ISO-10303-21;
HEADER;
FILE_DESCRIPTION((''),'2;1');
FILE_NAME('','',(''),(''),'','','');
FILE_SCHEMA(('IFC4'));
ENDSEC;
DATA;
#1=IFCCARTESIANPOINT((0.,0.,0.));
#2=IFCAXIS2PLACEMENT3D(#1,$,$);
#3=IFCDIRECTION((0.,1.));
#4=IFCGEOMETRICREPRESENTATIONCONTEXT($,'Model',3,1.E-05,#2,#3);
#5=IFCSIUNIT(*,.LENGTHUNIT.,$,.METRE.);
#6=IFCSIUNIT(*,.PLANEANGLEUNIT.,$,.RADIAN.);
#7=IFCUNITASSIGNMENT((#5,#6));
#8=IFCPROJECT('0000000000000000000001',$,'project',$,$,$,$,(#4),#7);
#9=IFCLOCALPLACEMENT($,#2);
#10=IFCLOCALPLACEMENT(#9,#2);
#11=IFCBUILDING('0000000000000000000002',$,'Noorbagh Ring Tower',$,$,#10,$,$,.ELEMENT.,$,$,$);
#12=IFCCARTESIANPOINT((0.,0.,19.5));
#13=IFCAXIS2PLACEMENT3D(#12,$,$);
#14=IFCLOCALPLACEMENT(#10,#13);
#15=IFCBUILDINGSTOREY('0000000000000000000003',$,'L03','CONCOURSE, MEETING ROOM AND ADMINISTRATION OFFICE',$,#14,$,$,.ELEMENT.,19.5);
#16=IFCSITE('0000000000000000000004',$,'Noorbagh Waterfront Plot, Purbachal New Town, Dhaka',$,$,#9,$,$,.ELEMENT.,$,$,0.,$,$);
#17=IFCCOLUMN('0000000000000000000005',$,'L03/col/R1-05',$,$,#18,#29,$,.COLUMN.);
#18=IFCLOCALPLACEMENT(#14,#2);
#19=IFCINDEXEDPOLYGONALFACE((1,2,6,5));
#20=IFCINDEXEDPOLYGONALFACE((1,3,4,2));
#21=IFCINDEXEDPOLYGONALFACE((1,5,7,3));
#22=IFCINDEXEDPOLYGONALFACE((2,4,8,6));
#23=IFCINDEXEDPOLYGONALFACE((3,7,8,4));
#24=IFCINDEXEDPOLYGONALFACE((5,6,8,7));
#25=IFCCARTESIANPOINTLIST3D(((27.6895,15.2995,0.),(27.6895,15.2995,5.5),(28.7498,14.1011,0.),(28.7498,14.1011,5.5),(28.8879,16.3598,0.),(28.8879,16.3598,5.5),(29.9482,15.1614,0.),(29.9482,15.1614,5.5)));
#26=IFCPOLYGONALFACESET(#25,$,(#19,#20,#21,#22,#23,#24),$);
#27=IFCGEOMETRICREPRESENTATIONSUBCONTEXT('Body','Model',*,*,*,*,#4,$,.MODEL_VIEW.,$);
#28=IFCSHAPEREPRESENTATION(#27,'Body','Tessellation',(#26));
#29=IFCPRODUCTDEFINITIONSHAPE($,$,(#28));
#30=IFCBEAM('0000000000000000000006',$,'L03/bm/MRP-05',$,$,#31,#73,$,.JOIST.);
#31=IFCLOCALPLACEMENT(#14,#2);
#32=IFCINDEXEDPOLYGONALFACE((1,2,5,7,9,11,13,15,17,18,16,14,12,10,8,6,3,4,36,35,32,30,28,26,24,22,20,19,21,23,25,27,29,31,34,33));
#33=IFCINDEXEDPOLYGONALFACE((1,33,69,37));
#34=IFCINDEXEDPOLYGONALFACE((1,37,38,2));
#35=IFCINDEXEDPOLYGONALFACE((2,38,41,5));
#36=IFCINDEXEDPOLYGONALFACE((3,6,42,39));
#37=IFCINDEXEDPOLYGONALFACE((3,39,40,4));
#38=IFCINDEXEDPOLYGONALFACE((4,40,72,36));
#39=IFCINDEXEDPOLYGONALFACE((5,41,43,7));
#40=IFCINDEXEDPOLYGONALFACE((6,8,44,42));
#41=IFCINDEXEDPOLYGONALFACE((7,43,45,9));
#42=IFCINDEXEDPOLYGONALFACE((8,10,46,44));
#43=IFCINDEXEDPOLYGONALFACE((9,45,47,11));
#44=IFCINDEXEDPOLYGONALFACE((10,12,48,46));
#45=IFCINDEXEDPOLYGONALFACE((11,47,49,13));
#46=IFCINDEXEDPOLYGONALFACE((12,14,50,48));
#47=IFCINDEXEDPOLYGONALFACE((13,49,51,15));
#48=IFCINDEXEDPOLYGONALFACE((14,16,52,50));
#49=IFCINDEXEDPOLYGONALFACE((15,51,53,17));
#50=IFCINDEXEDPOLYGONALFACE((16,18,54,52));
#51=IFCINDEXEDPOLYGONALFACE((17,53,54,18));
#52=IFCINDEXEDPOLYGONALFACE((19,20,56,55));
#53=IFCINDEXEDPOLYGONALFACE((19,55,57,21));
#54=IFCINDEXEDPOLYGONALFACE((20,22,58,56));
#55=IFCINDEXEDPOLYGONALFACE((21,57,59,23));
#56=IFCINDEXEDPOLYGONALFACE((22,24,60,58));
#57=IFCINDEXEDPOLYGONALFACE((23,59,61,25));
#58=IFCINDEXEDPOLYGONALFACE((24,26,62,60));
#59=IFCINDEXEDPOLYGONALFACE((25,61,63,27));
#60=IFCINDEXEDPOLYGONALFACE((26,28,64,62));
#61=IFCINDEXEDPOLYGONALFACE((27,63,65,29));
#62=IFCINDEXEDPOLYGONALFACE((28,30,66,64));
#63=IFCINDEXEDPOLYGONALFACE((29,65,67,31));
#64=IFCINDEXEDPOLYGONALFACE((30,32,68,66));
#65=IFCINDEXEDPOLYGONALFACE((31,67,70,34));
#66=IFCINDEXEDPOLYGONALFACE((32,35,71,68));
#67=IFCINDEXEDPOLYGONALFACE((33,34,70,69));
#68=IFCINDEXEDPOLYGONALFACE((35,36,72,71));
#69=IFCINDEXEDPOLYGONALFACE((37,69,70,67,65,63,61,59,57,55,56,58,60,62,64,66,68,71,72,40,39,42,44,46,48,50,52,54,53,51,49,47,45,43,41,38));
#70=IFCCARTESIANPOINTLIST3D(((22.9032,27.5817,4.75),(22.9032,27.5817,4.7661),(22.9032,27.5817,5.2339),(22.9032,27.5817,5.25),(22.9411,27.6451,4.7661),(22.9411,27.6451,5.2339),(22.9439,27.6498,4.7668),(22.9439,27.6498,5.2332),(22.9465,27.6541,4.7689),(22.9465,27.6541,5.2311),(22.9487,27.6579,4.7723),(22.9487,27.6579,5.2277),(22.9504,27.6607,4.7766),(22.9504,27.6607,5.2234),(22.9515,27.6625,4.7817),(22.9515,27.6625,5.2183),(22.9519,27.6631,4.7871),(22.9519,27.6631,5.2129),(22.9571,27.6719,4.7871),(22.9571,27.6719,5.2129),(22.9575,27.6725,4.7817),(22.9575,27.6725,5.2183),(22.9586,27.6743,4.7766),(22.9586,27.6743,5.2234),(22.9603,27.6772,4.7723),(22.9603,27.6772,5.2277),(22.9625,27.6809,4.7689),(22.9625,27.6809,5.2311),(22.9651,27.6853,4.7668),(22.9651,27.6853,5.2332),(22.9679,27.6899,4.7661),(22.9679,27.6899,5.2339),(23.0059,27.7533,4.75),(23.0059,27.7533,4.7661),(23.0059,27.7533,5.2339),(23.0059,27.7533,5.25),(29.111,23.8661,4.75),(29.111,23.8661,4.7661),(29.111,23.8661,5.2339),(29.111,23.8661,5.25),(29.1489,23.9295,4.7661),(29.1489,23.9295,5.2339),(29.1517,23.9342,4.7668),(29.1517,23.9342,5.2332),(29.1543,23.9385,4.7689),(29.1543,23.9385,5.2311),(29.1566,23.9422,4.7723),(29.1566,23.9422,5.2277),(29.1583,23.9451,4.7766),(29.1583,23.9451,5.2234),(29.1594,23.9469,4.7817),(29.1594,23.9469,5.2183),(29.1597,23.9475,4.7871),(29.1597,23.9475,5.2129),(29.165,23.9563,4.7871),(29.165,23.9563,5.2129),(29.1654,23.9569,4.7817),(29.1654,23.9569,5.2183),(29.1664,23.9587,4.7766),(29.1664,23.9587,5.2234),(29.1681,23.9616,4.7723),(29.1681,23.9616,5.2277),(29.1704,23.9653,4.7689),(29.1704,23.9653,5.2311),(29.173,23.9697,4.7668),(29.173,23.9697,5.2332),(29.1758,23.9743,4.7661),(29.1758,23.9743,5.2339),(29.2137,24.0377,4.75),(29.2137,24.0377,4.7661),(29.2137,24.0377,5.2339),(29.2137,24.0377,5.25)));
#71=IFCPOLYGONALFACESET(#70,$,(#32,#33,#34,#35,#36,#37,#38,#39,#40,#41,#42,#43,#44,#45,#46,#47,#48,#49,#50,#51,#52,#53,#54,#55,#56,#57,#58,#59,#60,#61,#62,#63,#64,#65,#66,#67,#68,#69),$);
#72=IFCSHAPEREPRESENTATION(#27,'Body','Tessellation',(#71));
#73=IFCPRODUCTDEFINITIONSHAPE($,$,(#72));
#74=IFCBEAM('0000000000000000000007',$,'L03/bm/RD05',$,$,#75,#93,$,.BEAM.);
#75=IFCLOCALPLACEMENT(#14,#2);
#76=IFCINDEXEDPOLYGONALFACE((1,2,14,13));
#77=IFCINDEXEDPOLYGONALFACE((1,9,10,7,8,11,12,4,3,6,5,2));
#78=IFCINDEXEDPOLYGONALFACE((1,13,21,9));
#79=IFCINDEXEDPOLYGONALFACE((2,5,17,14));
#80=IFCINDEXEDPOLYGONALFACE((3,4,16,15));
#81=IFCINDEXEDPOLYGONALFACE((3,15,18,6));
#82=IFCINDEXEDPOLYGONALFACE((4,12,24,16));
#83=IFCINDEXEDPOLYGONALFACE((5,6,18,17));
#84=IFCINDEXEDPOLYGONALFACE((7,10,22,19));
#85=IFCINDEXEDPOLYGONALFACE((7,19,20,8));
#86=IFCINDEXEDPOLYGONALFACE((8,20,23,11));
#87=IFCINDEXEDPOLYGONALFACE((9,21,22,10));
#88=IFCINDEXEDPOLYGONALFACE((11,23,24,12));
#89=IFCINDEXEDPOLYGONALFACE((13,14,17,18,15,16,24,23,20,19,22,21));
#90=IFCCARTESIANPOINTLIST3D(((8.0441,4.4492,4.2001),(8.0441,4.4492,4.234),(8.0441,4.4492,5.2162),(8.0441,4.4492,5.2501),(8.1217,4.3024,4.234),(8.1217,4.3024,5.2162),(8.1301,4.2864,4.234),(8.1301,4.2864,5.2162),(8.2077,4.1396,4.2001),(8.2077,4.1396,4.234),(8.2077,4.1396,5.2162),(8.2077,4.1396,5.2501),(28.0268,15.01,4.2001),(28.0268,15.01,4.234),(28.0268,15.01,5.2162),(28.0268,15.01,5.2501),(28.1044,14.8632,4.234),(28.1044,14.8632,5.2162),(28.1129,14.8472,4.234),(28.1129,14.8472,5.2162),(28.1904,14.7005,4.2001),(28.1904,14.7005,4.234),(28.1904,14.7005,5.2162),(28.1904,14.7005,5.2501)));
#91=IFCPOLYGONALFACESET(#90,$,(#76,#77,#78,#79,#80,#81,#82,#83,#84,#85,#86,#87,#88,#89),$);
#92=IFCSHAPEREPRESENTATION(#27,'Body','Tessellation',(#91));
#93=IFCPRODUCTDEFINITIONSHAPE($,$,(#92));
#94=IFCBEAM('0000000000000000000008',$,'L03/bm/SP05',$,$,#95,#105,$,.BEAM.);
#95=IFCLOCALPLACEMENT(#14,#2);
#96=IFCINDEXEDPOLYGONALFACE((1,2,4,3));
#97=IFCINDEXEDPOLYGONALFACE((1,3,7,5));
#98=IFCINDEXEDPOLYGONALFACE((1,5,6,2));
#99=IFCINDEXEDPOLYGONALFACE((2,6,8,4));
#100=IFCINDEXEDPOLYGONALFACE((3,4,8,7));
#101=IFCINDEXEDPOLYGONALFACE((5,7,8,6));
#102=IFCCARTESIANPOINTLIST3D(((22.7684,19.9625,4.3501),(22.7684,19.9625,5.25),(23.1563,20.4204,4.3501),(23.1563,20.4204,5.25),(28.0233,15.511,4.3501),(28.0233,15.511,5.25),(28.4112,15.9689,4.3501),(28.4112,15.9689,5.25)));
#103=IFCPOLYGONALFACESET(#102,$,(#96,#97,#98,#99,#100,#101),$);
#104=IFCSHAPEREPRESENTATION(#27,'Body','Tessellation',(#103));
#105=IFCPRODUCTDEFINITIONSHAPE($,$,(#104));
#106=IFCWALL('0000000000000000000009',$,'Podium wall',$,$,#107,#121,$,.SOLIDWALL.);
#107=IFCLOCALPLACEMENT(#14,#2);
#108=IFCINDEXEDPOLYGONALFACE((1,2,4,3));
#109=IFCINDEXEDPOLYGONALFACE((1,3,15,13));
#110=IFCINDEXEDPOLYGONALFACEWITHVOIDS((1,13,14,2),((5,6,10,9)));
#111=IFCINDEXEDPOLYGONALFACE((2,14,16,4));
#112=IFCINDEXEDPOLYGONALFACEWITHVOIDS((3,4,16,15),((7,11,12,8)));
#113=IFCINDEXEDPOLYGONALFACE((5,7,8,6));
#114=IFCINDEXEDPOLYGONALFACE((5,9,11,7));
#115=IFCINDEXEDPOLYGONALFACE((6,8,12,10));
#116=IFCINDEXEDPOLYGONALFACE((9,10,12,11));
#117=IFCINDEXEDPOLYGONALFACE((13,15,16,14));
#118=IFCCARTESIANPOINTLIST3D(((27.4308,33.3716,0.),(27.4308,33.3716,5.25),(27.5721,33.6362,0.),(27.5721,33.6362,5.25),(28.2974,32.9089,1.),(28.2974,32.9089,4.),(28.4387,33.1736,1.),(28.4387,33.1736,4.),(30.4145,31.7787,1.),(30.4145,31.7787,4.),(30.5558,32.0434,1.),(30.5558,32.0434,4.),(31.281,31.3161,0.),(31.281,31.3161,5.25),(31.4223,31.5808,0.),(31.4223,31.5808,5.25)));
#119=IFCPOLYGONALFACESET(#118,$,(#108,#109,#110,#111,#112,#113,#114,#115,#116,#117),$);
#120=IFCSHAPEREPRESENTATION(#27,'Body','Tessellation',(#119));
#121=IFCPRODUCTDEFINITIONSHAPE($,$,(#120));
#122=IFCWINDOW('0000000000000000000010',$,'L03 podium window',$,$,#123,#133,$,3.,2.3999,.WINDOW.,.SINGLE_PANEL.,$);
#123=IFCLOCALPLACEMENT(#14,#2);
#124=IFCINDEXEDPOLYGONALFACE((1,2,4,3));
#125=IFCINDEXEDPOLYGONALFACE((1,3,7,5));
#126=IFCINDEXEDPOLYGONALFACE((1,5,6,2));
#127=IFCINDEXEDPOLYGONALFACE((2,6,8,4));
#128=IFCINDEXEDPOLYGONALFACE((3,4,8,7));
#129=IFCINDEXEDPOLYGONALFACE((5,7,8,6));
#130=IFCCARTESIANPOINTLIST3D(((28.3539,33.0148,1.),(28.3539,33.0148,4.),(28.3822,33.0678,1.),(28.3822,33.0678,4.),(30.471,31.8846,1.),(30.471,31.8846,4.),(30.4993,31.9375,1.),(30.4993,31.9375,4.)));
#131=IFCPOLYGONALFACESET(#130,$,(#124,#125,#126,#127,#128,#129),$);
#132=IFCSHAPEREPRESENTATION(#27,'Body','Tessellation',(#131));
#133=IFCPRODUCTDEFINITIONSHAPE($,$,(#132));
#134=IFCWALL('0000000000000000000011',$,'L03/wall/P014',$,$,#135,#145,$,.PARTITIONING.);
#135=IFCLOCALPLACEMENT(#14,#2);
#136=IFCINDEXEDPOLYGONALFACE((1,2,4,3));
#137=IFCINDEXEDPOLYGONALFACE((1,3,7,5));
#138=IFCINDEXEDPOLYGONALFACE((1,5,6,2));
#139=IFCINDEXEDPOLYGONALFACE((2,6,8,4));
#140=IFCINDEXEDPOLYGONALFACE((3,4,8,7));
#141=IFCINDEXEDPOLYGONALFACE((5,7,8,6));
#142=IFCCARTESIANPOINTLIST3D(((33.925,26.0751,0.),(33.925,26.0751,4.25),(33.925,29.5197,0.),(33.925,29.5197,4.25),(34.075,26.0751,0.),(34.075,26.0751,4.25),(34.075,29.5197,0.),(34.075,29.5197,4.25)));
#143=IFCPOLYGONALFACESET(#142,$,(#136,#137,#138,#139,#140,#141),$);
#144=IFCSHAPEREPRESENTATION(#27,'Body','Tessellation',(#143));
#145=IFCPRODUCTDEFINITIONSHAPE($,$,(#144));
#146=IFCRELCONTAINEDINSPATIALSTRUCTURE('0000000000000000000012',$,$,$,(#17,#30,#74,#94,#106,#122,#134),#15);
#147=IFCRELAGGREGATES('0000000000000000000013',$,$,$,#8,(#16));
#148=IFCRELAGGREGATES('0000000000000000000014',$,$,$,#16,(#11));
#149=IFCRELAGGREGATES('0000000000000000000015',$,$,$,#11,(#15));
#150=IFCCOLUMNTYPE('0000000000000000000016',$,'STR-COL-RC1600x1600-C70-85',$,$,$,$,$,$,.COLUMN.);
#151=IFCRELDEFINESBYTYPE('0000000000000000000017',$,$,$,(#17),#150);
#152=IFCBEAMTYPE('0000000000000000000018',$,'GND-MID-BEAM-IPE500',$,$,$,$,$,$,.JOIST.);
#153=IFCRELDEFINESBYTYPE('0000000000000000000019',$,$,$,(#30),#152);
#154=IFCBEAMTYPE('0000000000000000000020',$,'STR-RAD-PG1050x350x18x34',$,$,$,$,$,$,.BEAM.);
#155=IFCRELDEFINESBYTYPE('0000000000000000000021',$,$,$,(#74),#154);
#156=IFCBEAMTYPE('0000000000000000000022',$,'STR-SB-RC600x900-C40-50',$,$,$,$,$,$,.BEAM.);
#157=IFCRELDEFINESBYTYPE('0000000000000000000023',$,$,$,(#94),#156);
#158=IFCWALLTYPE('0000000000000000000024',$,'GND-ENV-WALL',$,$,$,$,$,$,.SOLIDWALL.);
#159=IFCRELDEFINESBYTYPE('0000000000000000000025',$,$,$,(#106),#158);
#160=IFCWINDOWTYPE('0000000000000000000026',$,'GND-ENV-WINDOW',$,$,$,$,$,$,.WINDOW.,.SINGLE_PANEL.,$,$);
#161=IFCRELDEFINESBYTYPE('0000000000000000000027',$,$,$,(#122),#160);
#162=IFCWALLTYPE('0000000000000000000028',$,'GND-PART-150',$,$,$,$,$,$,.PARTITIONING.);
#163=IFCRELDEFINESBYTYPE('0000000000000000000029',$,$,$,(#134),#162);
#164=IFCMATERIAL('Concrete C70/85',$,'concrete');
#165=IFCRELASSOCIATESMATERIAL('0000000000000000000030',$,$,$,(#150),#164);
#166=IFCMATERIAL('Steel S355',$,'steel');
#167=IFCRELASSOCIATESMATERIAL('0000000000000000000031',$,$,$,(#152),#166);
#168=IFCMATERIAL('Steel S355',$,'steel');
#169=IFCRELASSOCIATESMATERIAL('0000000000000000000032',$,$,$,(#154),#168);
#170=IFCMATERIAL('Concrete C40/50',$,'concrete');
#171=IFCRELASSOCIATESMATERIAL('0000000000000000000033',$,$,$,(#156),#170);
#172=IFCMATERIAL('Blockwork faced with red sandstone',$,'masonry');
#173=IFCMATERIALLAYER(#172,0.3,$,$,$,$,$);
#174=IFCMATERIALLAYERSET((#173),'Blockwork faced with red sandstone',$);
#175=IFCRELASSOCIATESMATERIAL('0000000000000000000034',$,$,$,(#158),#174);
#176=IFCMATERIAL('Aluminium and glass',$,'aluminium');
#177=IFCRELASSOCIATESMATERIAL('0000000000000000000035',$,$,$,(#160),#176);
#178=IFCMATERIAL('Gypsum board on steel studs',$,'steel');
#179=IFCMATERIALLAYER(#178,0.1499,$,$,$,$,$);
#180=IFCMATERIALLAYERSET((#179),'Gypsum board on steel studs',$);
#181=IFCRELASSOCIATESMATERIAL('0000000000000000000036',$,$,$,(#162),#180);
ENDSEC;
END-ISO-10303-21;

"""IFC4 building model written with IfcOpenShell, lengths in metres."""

from ifc_helpers import new_model, si_unit, direction, frame, frame_2d, origin, origin_2d, place, context, subcontext, project, spatial, rectangle, i_section, extrude, material, layer, layer_set, material_profile, profile_set, type_object, element, fill, save


model = new_model("IFC4")

# Units and contexts
model_context = context("Model", 3, precision=1e-05, world=origin(), true_north=direction((0.0, 1.0)))
body_context = subcontext(model_context, "Body", "Model", "MODEL_VIEW")
ifc_project = project(units=[si_unit("LENGTHUNIT", "METRE"), si_unit("PLANEANGLEUNIT", "RADIAN")], contexts=[model_context])

# Site, building, storey
site_placement = place(None, origin())
site = spatial("IfcSite", under=ifc_project, at=site_placement, Name="Noorbagh Waterfront Plot, Purbachal New Town, Dhaka", CompositionType="ELEMENT", RefElevation=0.0)
building_placement = place(site_placement, origin())
building = spatial("IfcBuilding", under=site, at=building_placement, Name="Noorbagh Ring Tower", CompositionType="ELEMENT")
storey_placement = place(building_placement, frame((0.0, 0.0, 19.5)))
storey = spatial("IfcBuildingStorey", under=building, at=storey_placement, Name="L03", Description="CONCOURSE, MEETING ROOM AND ADMINISTRATION OFFICE", CompositionType="ELEMENT", Elevation=19.5)

# Column
ifc_material_1 = material(Name="Concrete C70/85", Category="concrete")
ifc_material_profile_1 = material_profile(ifc_material_1, rectangle(XDim=1.6001, YDim=1.6001, at=origin_2d()), Name="RC1600x1600")
ifc_profile_set_1 = profile_set([ifc_material_profile_1], Name="Concrete C70/85")
column_type = type_object("IfcColumnType", Name="STR-COL-RC1600x1600-C70-85", PredefinedType="COLUMN", material=ifc_profile_set_1)
column_placement = place(storey_placement, frame((28.8188, 15.2305, 0.0), z_axis=(0.0, 0.0, 1.0), x_axis=(-0.662636, 0.748942, 0.0)))
element("IfcColumn", 1, at=column_placement, inside=storey, type_object=column_type, Name="L03/col/R1-05", PredefinedType="COLUMN", context=body_context, shape_type="SweptSolid", body=[
    extrude(rectangle(XDim=1.6001, YDim=1.6001, at=origin_2d()), origin(), (0.0, 0.0, 1.0), 5.5),
])

# Beams
ifc_material_2 = material(Name="Steel S355", Category="steel")
ifc_material_profile_2 = material_profile(ifc_material_2, i_section(OverallWidth=0.2, OverallDepth=0.5, WebThickness=0.0103, FlangeThickness=0.0161, FilletRadius=0.021, at=origin_2d()), Name="IPE500")
ifc_profile_set_2 = profile_set([ifc_material_profile_2], Name="Steel S355")
beam_type_1 = type_object("IfcBeamType", Name="GND-MID-BEAM-IPE500", PredefinedType="JOIST", material=ifc_profile_set_2)
beam_1_placement = place(storey_placement, frame((29.1624, 23.9519, 5.0), z_axis=(-0.858046, 0.513572, 0.0), x_axis=(-0.513572, -0.858046, 0.0)))
element("IfcBeam", 2, at=beam_1_placement, inside=storey, type_object=beam_type_1, Name="L03/bm/MRP-05", PredefinedType="JOIST", context=body_context, shape_type="SweptSolid", body=[
    extrude(i_section(OverallWidth=0.2, OverallDepth=0.5, WebThickness=0.0103, FlangeThickness=0.0161, FilletRadius=0.021, at=origin_2d()), origin(), (0.0, 0.0, 1.0), 7.2349),
])
ifc_material_3 = material(Name="Steel S355", Category="steel")
ifc_material_profile_3 = material_profile(ifc_material_3, i_section(OverallWidth=0.3501, OverallDepth=1.05, WebThickness=0.0181, FlangeThickness=0.0339, at=origin_2d()), Name="PG1050x350x18x34")
ifc_profile_set_3 = profile_set([ifc_material_profile_3], Name="Steel S355")
beam_type_2 = type_object("IfcBeamType", Name="STR-RAD-PG1050x350x18x34", PredefinedType="BEAM", material=ifc_profile_set_3)
beam_2_placement = place(storey_placement, frame((28.1086, 14.8552, 4.7251), z_axis=(-0.884122, -0.467256, 0.0), x_axis=(0.467256, -0.884122, 0.0)))
element("IfcBeam", 3, at=beam_2_placement, inside=storey, type_object=beam_type_2, Name="L03/bm/RD05", PredefinedType="BEAM", context=body_context, shape_type="SweptSolid", body=[
    extrude(i_section(OverallWidth=0.3501, OverallDepth=1.05, WebThickness=0.0181, FlangeThickness=0.0339, at=origin_2d()), origin(), (0.0, 0.0, 1.0), 22.6018),
])
ifc_material_4 = material(Name="Concrete C40/50", Category="concrete")
ifc_material_profile_4 = material_profile(ifc_material_4, rectangle(XDim=0.6001, YDim=0.8999, at=origin_2d()), Name="RC600x900")
ifc_profile_set_4 = profile_set([ifc_material_profile_4], Name="Concrete C40/50")
beam_type_3 = type_object("IfcBeamType", Name="STR-SB-RC600x900-C40-50", PredefinedType="BEAM", material=ifc_profile_set_4)
beam_3_placement = place(storey_placement, frame((28.2173, 15.74, 4.8), z_axis=(-0.76303, 0.646363, 0.0), x_axis=(-0.646363, -0.76303, 0.0)))
element("IfcBeam", 4, at=beam_3_placement, inside=storey, type_object=beam_type_3, Name="L03/bm/SP05", PredefinedType="BEAM", context=body_context, shape_type="SweptSolid", body=[
    extrude(rectangle(XDim=0.6001, YDim=0.8999, at=origin_2d()), origin(), (0.0, 0.0, 1.0), 6.887),
])

# Wall, opening, window
ifc_material_5 = material(Name="Blockwork faced with red sandstone", Category="masonry")
ifc_layer_1 = layer(ifc_material_5, 0.3)
ifc_layer_set_1 = layer_set([ifc_layer_1], Name="Blockwork faced with red sandstone")
wall_type_1 = type_object("IfcWallType", Name="GND-ENV-WALL", PredefinedType="SOLIDWALL", material=ifc_layer_set_1)
wall_1_placement = place(storey_placement, frame((31.3516, 31.4485, 0.0), z_axis=(0.0, 0.0, 1.0), x_axis=(-0.882159, 0.470951, 0.0)))
wall_1 = element("IfcWall", 5, at=wall_1_placement, inside=storey, type_object=wall_type_1, Name="Podium wall", PredefinedType="SOLIDWALL", context=body_context, shape_type="SweptSolid", body=[
    extrude(rectangle(XDim=4.3645, YDim=0.3, at=frame_2d((2.1821, 0.0))), origin(), (0.0, 0.0, 1.0), 5.25),
])
opening_1_placement = place(wall_1_placement, frame((0.9822, 0.0, 1.0)))
opening_1 = element("IfcOpeningElement", 6, at=opening_1_placement, cuts=wall_1, PredefinedType="OPENING", context=body_context, shape_type="SweptSolid", body=[
    extrude(rectangle(XDim=2.3999, YDim=3.0, at=frame_2d((1.2, 1.5))), frame((0.0, 0.1602, 0.0), z_axis=(0.0, -1.0, 0.0), x_axis=(1.0, 0.0, 0.0)), (0.0, 0.0, 1.0), 0.3201),
])
ifc_material_6 = material(Name="Aluminium and glass", Category="aluminium")
window_type = type_object("IfcWindowType", Name="GND-ENV-WINDOW", PartitioningType="SINGLE_PANEL", PredefinedType="WINDOW", material=ifc_material_6)
window_placement = place(opening_1_placement, origin())
window = element("IfcWindow", 7, at=window_placement, inside=storey, type_object=window_type, Name="L03 podium window", OverallHeight=3.0, OverallWidth=2.3999, PartitioningType="SINGLE_PANEL", PredefinedType="WINDOW", context=body_context, shape_type="SweptSolid", body=[
    extrude(rectangle(XDim=2.3999, YDim=3.0, at=frame_2d((1.2, 1.5))), frame((0.0, 0.03, 0.0), z_axis=(0.0, -1.0, 0.0), x_axis=(1.0, 0.0, 0.0)), (0.0, 0.0, 1.0), 0.0601),
])
fill(opening_1, window)

# Wall
ifc_material_7 = material(Name="Gypsum board on steel studs", Category="steel")
ifc_layer_2 = layer(ifc_material_7, 0.1499)
ifc_layer_set_2 = layer_set([ifc_layer_2], Name="Gypsum board on steel studs")
wall_type_2 = type_object("IfcWallType", Name="GND-PART-150", PredefinedType="PARTITIONING", material=ifc_layer_set_2)
wall_2_placement = place(storey_placement, frame((34.0, 29.5195, 0.0), z_axis=(0.0, 0.0, 1.0), x_axis=(0.0, -1.0, 0.0)))
element("IfcWall", 8, at=wall_2_placement, inside=storey, type_object=wall_type_2, Name="L03/wall/P014", PredefinedType="PARTITIONING", context=body_context, shape_type="SweptSolid", body=[
    extrude(rectangle(XDim=3.4446, YDim=0.1499, at=frame_2d((1.7222, 0.0))), origin(), (0.0, 0.0, 1.0), 4.25),
])

save(model, "model.ifc")
